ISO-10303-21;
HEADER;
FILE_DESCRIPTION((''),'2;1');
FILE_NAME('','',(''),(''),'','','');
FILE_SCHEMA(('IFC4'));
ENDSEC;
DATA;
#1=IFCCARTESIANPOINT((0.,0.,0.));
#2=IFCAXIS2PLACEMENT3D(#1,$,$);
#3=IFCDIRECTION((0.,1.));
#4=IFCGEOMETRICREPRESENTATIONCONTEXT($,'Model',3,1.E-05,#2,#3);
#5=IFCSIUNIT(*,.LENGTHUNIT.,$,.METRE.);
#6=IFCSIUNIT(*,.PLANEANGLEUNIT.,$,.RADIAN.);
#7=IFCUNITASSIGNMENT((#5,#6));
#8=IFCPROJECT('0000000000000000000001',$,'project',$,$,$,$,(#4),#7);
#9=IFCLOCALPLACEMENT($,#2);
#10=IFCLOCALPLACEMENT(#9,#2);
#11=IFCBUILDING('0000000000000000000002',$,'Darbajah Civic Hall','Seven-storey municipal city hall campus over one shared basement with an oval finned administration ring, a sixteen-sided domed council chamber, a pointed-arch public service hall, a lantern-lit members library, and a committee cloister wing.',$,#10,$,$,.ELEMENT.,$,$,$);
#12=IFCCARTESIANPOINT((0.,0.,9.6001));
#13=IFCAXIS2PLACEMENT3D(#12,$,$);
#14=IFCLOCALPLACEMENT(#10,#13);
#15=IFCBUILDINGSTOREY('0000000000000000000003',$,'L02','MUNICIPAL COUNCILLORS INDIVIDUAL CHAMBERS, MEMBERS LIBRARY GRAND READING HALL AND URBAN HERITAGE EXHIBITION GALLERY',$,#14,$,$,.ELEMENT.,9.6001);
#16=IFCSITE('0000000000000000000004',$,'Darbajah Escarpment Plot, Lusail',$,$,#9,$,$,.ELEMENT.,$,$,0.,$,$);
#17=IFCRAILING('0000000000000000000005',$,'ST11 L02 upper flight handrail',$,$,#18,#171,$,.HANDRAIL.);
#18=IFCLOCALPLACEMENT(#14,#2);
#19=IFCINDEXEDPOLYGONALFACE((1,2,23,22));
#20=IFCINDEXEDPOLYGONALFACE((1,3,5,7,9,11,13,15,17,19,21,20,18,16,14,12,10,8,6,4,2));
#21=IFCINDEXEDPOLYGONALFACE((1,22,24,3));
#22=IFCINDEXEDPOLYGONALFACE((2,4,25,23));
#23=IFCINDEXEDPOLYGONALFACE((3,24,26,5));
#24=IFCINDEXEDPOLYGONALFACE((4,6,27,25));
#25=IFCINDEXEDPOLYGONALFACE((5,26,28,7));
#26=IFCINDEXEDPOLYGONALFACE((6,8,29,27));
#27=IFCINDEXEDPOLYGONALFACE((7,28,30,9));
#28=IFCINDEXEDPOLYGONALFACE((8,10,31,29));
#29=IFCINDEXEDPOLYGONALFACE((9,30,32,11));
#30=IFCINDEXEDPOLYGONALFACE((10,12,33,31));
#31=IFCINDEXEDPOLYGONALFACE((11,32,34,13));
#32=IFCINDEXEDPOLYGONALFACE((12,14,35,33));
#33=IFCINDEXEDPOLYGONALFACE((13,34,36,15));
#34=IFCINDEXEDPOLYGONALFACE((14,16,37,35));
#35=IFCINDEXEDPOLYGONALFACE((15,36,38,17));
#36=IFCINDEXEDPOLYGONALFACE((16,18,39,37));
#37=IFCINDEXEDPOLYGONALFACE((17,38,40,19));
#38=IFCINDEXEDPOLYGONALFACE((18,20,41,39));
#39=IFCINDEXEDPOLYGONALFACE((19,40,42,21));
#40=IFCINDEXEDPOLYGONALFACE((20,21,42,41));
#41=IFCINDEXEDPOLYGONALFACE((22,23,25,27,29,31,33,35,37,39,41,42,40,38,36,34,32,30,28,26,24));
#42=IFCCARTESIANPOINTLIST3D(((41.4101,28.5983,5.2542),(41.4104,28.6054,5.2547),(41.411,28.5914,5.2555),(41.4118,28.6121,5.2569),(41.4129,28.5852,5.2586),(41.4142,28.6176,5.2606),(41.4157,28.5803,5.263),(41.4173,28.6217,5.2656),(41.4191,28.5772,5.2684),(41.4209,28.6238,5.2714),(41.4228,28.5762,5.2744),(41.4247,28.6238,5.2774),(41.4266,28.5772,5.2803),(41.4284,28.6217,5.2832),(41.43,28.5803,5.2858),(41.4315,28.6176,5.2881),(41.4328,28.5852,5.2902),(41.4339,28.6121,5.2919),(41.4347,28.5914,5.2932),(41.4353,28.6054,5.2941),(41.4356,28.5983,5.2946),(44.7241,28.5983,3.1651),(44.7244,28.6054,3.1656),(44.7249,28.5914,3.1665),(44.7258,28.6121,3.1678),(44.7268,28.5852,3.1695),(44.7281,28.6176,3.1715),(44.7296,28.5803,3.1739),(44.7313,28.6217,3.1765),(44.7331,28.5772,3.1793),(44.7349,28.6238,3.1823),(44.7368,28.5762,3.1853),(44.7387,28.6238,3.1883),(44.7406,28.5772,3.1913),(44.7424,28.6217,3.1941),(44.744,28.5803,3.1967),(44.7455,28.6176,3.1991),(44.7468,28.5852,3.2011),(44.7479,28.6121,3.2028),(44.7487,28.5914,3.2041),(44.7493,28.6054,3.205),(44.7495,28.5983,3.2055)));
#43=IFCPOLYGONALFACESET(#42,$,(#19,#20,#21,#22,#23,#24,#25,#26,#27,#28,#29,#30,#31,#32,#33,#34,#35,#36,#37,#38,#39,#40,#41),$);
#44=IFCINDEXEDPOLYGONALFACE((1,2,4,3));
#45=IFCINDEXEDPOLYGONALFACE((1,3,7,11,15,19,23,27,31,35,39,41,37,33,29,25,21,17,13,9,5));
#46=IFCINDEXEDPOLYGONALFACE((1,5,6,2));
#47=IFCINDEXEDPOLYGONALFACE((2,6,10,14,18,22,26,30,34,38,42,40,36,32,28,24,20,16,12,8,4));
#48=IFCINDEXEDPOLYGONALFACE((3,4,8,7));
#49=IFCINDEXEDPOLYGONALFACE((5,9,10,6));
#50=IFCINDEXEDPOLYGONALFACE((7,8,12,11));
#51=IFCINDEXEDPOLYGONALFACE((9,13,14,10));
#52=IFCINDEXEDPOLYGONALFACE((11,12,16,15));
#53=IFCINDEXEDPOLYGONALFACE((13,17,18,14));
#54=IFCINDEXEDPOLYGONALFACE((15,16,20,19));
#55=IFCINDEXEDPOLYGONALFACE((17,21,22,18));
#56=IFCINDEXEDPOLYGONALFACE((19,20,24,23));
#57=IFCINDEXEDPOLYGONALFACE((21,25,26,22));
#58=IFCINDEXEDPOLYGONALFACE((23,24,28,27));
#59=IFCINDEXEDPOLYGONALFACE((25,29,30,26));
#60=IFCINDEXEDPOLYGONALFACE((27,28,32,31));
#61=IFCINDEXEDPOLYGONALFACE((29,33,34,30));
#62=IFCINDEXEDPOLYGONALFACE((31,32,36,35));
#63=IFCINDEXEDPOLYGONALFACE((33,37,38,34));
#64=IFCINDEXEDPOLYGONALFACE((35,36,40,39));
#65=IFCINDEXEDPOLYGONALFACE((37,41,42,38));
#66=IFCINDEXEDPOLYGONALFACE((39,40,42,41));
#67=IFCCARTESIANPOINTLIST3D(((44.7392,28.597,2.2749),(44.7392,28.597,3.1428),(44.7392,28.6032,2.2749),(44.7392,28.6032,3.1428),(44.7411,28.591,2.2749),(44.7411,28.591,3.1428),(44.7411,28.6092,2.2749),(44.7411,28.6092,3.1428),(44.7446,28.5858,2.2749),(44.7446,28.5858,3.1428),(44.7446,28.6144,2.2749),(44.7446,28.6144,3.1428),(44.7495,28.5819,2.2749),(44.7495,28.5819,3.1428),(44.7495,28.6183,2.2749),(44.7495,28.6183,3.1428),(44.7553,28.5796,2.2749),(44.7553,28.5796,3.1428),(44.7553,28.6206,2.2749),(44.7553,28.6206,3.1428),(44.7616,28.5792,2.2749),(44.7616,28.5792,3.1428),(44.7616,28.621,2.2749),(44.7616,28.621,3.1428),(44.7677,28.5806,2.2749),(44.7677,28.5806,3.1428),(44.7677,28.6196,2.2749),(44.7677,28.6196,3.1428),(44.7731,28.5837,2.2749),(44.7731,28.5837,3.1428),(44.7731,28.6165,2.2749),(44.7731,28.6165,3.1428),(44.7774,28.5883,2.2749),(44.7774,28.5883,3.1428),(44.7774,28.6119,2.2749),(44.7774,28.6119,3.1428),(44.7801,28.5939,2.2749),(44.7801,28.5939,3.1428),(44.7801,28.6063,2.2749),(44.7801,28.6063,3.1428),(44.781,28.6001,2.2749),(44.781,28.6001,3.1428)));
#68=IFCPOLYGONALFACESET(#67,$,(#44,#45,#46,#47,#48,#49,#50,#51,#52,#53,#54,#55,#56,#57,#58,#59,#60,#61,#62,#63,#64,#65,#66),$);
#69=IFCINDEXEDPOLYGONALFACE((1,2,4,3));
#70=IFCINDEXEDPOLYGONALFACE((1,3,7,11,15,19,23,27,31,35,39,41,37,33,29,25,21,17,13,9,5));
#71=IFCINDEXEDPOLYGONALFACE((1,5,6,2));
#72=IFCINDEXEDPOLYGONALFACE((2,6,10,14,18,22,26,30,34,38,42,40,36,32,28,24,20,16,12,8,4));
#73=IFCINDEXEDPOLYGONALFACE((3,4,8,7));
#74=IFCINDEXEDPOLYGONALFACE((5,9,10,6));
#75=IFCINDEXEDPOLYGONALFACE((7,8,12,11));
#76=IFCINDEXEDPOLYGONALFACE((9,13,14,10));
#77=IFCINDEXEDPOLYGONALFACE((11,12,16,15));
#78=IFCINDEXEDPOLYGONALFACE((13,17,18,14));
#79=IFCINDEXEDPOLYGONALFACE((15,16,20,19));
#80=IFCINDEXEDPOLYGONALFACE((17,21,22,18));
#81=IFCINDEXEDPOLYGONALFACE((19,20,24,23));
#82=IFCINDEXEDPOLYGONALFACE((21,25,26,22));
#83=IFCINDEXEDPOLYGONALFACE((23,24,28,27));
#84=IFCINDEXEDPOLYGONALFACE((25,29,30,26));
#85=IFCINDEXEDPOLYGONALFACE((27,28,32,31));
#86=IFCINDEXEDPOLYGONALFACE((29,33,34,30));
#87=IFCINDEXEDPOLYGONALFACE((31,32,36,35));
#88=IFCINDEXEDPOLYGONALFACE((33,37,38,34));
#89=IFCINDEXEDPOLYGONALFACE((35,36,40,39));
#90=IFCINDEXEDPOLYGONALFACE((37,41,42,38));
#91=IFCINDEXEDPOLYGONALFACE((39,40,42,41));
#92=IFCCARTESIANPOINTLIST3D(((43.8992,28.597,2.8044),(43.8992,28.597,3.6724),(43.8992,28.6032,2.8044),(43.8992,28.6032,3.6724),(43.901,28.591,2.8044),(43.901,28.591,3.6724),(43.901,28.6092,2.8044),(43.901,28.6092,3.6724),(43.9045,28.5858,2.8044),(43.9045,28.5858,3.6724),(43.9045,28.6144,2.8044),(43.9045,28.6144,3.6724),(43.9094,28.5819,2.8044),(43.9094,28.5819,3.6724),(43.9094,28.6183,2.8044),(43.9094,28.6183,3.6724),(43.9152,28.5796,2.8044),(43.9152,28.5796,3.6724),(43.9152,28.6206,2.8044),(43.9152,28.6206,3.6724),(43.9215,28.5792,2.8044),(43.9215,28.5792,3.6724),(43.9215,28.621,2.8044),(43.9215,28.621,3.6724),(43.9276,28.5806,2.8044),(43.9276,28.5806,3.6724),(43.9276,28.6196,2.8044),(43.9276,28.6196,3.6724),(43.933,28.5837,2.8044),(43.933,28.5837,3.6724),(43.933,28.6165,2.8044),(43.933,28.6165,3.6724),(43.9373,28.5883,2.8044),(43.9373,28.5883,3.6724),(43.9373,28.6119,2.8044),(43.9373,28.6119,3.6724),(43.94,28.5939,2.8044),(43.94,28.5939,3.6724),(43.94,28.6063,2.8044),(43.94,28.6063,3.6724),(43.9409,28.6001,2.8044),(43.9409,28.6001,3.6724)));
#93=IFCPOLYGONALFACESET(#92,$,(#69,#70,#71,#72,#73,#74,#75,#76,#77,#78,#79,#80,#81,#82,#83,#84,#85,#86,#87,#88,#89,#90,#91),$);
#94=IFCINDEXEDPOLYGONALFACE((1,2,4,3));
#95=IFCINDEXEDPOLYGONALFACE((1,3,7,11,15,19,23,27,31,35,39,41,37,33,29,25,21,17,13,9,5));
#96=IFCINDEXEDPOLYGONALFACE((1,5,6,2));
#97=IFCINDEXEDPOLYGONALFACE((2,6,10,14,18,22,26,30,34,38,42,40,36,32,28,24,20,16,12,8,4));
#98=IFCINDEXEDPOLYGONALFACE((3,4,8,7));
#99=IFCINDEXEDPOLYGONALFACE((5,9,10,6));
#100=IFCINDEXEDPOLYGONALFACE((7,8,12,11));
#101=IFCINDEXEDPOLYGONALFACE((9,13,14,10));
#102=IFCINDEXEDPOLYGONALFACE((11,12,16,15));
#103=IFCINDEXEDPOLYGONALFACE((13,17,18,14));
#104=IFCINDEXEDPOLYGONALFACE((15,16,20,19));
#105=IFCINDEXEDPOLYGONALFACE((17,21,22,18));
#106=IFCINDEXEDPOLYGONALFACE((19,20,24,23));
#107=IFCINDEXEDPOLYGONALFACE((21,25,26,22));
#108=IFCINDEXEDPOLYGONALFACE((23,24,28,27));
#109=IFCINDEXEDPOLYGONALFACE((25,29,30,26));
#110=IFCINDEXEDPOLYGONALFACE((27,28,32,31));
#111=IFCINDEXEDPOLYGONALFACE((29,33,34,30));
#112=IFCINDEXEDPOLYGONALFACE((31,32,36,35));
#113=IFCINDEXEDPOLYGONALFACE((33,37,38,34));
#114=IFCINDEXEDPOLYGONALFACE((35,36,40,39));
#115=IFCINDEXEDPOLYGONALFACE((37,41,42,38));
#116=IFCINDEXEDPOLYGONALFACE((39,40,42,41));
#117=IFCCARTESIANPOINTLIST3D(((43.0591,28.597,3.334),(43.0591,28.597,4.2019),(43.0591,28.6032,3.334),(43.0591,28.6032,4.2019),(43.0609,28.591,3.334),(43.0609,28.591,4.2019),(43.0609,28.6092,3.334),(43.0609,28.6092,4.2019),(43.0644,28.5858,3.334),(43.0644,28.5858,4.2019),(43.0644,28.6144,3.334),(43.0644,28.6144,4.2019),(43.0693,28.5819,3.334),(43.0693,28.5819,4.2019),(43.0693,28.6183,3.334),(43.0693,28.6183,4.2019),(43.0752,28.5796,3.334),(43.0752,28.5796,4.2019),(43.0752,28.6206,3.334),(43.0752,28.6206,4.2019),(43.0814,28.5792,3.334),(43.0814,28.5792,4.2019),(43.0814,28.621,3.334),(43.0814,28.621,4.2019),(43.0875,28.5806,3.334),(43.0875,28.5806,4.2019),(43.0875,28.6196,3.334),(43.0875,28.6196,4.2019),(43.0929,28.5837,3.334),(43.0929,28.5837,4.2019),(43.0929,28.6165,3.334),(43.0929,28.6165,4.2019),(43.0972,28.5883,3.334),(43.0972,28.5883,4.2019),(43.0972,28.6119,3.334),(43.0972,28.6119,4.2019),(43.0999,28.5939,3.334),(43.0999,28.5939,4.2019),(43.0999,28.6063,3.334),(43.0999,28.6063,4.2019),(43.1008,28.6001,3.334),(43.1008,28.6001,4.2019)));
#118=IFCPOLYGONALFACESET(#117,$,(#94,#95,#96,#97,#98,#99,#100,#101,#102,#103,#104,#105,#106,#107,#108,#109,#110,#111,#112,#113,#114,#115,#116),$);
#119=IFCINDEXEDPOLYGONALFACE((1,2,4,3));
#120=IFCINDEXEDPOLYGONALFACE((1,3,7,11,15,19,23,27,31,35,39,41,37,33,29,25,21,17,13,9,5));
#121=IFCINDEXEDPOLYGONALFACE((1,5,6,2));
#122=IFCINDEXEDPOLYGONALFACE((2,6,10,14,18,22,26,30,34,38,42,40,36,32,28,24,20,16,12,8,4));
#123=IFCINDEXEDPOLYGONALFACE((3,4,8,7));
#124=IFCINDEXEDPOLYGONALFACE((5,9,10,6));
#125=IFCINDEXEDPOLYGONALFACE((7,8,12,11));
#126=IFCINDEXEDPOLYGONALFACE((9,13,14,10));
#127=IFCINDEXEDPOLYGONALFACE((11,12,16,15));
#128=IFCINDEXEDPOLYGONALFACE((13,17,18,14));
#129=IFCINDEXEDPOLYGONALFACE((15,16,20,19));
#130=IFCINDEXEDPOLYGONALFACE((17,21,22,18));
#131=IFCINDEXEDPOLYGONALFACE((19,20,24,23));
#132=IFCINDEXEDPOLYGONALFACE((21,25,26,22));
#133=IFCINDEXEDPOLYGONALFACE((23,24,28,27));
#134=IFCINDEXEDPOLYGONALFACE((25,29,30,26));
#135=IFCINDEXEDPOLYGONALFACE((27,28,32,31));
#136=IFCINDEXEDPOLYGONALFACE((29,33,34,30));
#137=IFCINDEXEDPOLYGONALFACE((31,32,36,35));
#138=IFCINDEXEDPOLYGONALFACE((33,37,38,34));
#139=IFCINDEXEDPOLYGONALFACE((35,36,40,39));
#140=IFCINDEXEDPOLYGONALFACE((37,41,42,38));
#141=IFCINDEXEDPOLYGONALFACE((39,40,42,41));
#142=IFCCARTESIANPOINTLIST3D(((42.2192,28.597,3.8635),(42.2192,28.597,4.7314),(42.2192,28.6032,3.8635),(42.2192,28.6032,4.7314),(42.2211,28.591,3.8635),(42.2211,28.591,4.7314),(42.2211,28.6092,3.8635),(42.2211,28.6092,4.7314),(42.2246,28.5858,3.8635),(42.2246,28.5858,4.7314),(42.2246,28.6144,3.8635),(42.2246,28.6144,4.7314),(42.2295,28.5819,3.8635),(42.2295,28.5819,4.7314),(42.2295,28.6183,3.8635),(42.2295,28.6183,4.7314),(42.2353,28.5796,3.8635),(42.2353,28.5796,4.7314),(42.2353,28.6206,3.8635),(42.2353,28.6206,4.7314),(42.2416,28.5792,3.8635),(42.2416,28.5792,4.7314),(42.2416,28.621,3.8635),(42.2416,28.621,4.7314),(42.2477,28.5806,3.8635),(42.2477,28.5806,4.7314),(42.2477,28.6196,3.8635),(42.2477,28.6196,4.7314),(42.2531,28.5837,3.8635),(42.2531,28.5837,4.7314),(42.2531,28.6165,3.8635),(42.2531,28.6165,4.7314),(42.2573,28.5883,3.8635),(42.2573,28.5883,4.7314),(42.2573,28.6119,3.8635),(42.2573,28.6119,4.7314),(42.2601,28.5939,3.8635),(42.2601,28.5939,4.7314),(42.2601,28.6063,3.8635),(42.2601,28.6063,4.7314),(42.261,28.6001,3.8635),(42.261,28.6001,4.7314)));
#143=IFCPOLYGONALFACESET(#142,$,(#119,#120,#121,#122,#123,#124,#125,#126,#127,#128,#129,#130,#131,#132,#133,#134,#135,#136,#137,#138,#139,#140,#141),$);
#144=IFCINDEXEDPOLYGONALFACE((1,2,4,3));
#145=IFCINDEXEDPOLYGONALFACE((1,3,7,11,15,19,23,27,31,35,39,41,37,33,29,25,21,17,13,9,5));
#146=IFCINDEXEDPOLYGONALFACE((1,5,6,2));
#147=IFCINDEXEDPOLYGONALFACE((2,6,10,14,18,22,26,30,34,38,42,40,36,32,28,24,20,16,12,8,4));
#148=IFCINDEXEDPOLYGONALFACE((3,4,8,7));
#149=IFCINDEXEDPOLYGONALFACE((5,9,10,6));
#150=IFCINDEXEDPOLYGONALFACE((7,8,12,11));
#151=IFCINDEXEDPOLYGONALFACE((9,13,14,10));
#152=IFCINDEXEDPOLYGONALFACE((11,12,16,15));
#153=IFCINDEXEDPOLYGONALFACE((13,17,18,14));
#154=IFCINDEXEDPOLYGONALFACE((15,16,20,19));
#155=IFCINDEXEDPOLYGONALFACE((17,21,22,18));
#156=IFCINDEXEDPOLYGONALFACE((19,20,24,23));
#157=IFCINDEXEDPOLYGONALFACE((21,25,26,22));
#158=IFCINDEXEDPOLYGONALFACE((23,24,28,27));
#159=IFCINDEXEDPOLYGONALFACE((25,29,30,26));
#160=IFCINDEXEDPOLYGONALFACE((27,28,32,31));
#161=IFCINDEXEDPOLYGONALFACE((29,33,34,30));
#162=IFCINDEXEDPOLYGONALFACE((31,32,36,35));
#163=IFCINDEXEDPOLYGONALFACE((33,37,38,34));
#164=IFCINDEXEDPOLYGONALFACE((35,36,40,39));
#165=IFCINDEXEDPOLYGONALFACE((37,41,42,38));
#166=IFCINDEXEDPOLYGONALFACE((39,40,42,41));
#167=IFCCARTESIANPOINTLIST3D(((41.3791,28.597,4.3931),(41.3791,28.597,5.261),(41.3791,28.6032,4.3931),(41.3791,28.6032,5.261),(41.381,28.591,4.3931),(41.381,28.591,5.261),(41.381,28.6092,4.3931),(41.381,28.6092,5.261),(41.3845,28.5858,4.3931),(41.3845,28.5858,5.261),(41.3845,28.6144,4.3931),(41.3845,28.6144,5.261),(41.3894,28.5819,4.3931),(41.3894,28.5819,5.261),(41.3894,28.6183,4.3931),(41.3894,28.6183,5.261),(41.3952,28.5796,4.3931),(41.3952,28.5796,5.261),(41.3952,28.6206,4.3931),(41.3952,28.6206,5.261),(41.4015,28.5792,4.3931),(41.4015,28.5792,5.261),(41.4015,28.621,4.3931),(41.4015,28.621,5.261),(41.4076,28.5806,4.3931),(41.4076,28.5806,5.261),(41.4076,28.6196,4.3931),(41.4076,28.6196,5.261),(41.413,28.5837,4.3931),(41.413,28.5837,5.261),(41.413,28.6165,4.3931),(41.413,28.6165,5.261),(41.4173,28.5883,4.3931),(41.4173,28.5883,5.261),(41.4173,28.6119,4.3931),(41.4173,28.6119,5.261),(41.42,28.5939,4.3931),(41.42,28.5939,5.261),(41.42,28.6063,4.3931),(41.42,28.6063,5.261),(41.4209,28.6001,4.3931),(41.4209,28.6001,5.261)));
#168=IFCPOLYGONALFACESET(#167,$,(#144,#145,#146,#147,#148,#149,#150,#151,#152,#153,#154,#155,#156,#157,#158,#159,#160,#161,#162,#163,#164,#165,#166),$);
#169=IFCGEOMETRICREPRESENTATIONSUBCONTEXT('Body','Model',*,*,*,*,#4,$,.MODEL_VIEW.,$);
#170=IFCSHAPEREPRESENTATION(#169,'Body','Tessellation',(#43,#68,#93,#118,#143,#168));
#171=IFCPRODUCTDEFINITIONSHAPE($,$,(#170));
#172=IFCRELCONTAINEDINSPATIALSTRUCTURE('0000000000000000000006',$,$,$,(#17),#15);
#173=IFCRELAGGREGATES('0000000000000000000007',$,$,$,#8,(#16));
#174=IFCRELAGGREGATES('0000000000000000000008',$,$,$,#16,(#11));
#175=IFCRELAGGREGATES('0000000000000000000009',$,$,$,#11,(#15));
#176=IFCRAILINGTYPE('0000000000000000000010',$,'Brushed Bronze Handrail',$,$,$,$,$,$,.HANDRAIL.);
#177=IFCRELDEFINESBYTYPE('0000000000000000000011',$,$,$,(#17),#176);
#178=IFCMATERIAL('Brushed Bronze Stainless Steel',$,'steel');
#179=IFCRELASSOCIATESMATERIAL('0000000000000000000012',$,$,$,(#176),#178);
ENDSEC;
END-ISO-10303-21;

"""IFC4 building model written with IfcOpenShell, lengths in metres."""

from ifc_helpers import new_model, si_unit, direction, frame, origin, origin_2d, place, context, subcontext, project, spatial, circle, extrude, material, type_object, element, save


model = new_model("IFC4")

# Units and contexts
model_context = context("Model", 3, precision=1e-05, world=origin(), true_north=direction((0.0, 1.0)))
body_context = subcontext(model_context, "Body", "Model", "MODEL_VIEW")
ifc_project = project(units=[si_unit("LENGTHUNIT", "METRE"), si_unit("PLANEANGLEUNIT", "RADIAN")], contexts=[model_context])

# Site, building, storey
site_placement = place(None, origin())
site = spatial("IfcSite", under=ifc_project, at=site_placement, Name="Darbajah Escarpment Plot, Lusail", CompositionType="ELEMENT", RefElevation=0.0)
building_placement = place(site_placement, origin())
building = spatial("IfcBuilding", under=site, at=building_placement, Name="Darbajah Civic Hall", Description="Seven-storey municipal city hall campus over one shared basement with an oval finned administration ring, a sixteen-sided domed council chamber, a pointed-arch public service hall, a lantern-lit members library, and a committee cloister wing.", CompositionType="ELEMENT")
storey_placement = place(building_placement, frame((0.0, 0.0, 9.6001)))
storey = spatial("IfcBuildingStorey", under=building, at=storey_placement, Name="L02", Description="MUNICIPAL COUNCILLORS INDIVIDUAL CHAMBERS, MEMBERS LIBRARY GRAND READING HALL AND URBAN HERITAGE EXHIBITION GALLERY", CompositionType="ELEMENT", Elevation=9.6001)

# Railing
ifc_material_1 = material(Name="Brushed Bronze Stainless Steel", Category="steel")
railing_type_1 = type_object("IfcRailingType", Name="Brushed Bronze Handrail", PredefinedType="HANDRAIL", material=ifc_material_1)
railing_1_placement = place(storey_placement, frame((44.76, 28.6001, 2.2749)))
element("IfcRailing", 1, at=railing_1_placement, inside=storey, type_object=railing_type_1, Name="ST11 L02 upper flight handrail", PredefinedType="HANDRAIL", context=body_context, shape_type="SweptSolid", body=[
    extrude(circle(Radius=0.0239, at=origin_2d()), frame((-0.0232, 0.0, 0.9104), z_axis=(-0.845944, 0.0, 0.533271), x_axis=(0.0, -1.0, 0.0)), (0.0, 0.0, 1.0), 3.9175),
    extrude(circle(Radius=0.021, at=origin_2d()), origin(), (0.0, 0.0, 1.0), 0.8679),
    extrude(circle(Radius=0.021, at=origin_2d()), frame((-0.8401, 0.0, 0.5295)), (0.0, 0.0, 1.0), 0.8679),
    extrude(circle(Radius=0.021, at=origin_2d()), frame((-1.6802, 0.0, 1.0591)), (0.0, 0.0, 1.0), 0.8679),
    extrude(circle(Radius=0.021, at=origin_2d()), frame((-2.52, 0.0, 1.5886)), (0.0, 0.0, 1.0), 0.8679),
    extrude(circle(Radius=0.021, at=origin_2d()), frame((-3.3601, 0.0, 2.1182)), (0.0, 0.0, 1.0), 0.8679),
])

save(model, "model.ifc")
